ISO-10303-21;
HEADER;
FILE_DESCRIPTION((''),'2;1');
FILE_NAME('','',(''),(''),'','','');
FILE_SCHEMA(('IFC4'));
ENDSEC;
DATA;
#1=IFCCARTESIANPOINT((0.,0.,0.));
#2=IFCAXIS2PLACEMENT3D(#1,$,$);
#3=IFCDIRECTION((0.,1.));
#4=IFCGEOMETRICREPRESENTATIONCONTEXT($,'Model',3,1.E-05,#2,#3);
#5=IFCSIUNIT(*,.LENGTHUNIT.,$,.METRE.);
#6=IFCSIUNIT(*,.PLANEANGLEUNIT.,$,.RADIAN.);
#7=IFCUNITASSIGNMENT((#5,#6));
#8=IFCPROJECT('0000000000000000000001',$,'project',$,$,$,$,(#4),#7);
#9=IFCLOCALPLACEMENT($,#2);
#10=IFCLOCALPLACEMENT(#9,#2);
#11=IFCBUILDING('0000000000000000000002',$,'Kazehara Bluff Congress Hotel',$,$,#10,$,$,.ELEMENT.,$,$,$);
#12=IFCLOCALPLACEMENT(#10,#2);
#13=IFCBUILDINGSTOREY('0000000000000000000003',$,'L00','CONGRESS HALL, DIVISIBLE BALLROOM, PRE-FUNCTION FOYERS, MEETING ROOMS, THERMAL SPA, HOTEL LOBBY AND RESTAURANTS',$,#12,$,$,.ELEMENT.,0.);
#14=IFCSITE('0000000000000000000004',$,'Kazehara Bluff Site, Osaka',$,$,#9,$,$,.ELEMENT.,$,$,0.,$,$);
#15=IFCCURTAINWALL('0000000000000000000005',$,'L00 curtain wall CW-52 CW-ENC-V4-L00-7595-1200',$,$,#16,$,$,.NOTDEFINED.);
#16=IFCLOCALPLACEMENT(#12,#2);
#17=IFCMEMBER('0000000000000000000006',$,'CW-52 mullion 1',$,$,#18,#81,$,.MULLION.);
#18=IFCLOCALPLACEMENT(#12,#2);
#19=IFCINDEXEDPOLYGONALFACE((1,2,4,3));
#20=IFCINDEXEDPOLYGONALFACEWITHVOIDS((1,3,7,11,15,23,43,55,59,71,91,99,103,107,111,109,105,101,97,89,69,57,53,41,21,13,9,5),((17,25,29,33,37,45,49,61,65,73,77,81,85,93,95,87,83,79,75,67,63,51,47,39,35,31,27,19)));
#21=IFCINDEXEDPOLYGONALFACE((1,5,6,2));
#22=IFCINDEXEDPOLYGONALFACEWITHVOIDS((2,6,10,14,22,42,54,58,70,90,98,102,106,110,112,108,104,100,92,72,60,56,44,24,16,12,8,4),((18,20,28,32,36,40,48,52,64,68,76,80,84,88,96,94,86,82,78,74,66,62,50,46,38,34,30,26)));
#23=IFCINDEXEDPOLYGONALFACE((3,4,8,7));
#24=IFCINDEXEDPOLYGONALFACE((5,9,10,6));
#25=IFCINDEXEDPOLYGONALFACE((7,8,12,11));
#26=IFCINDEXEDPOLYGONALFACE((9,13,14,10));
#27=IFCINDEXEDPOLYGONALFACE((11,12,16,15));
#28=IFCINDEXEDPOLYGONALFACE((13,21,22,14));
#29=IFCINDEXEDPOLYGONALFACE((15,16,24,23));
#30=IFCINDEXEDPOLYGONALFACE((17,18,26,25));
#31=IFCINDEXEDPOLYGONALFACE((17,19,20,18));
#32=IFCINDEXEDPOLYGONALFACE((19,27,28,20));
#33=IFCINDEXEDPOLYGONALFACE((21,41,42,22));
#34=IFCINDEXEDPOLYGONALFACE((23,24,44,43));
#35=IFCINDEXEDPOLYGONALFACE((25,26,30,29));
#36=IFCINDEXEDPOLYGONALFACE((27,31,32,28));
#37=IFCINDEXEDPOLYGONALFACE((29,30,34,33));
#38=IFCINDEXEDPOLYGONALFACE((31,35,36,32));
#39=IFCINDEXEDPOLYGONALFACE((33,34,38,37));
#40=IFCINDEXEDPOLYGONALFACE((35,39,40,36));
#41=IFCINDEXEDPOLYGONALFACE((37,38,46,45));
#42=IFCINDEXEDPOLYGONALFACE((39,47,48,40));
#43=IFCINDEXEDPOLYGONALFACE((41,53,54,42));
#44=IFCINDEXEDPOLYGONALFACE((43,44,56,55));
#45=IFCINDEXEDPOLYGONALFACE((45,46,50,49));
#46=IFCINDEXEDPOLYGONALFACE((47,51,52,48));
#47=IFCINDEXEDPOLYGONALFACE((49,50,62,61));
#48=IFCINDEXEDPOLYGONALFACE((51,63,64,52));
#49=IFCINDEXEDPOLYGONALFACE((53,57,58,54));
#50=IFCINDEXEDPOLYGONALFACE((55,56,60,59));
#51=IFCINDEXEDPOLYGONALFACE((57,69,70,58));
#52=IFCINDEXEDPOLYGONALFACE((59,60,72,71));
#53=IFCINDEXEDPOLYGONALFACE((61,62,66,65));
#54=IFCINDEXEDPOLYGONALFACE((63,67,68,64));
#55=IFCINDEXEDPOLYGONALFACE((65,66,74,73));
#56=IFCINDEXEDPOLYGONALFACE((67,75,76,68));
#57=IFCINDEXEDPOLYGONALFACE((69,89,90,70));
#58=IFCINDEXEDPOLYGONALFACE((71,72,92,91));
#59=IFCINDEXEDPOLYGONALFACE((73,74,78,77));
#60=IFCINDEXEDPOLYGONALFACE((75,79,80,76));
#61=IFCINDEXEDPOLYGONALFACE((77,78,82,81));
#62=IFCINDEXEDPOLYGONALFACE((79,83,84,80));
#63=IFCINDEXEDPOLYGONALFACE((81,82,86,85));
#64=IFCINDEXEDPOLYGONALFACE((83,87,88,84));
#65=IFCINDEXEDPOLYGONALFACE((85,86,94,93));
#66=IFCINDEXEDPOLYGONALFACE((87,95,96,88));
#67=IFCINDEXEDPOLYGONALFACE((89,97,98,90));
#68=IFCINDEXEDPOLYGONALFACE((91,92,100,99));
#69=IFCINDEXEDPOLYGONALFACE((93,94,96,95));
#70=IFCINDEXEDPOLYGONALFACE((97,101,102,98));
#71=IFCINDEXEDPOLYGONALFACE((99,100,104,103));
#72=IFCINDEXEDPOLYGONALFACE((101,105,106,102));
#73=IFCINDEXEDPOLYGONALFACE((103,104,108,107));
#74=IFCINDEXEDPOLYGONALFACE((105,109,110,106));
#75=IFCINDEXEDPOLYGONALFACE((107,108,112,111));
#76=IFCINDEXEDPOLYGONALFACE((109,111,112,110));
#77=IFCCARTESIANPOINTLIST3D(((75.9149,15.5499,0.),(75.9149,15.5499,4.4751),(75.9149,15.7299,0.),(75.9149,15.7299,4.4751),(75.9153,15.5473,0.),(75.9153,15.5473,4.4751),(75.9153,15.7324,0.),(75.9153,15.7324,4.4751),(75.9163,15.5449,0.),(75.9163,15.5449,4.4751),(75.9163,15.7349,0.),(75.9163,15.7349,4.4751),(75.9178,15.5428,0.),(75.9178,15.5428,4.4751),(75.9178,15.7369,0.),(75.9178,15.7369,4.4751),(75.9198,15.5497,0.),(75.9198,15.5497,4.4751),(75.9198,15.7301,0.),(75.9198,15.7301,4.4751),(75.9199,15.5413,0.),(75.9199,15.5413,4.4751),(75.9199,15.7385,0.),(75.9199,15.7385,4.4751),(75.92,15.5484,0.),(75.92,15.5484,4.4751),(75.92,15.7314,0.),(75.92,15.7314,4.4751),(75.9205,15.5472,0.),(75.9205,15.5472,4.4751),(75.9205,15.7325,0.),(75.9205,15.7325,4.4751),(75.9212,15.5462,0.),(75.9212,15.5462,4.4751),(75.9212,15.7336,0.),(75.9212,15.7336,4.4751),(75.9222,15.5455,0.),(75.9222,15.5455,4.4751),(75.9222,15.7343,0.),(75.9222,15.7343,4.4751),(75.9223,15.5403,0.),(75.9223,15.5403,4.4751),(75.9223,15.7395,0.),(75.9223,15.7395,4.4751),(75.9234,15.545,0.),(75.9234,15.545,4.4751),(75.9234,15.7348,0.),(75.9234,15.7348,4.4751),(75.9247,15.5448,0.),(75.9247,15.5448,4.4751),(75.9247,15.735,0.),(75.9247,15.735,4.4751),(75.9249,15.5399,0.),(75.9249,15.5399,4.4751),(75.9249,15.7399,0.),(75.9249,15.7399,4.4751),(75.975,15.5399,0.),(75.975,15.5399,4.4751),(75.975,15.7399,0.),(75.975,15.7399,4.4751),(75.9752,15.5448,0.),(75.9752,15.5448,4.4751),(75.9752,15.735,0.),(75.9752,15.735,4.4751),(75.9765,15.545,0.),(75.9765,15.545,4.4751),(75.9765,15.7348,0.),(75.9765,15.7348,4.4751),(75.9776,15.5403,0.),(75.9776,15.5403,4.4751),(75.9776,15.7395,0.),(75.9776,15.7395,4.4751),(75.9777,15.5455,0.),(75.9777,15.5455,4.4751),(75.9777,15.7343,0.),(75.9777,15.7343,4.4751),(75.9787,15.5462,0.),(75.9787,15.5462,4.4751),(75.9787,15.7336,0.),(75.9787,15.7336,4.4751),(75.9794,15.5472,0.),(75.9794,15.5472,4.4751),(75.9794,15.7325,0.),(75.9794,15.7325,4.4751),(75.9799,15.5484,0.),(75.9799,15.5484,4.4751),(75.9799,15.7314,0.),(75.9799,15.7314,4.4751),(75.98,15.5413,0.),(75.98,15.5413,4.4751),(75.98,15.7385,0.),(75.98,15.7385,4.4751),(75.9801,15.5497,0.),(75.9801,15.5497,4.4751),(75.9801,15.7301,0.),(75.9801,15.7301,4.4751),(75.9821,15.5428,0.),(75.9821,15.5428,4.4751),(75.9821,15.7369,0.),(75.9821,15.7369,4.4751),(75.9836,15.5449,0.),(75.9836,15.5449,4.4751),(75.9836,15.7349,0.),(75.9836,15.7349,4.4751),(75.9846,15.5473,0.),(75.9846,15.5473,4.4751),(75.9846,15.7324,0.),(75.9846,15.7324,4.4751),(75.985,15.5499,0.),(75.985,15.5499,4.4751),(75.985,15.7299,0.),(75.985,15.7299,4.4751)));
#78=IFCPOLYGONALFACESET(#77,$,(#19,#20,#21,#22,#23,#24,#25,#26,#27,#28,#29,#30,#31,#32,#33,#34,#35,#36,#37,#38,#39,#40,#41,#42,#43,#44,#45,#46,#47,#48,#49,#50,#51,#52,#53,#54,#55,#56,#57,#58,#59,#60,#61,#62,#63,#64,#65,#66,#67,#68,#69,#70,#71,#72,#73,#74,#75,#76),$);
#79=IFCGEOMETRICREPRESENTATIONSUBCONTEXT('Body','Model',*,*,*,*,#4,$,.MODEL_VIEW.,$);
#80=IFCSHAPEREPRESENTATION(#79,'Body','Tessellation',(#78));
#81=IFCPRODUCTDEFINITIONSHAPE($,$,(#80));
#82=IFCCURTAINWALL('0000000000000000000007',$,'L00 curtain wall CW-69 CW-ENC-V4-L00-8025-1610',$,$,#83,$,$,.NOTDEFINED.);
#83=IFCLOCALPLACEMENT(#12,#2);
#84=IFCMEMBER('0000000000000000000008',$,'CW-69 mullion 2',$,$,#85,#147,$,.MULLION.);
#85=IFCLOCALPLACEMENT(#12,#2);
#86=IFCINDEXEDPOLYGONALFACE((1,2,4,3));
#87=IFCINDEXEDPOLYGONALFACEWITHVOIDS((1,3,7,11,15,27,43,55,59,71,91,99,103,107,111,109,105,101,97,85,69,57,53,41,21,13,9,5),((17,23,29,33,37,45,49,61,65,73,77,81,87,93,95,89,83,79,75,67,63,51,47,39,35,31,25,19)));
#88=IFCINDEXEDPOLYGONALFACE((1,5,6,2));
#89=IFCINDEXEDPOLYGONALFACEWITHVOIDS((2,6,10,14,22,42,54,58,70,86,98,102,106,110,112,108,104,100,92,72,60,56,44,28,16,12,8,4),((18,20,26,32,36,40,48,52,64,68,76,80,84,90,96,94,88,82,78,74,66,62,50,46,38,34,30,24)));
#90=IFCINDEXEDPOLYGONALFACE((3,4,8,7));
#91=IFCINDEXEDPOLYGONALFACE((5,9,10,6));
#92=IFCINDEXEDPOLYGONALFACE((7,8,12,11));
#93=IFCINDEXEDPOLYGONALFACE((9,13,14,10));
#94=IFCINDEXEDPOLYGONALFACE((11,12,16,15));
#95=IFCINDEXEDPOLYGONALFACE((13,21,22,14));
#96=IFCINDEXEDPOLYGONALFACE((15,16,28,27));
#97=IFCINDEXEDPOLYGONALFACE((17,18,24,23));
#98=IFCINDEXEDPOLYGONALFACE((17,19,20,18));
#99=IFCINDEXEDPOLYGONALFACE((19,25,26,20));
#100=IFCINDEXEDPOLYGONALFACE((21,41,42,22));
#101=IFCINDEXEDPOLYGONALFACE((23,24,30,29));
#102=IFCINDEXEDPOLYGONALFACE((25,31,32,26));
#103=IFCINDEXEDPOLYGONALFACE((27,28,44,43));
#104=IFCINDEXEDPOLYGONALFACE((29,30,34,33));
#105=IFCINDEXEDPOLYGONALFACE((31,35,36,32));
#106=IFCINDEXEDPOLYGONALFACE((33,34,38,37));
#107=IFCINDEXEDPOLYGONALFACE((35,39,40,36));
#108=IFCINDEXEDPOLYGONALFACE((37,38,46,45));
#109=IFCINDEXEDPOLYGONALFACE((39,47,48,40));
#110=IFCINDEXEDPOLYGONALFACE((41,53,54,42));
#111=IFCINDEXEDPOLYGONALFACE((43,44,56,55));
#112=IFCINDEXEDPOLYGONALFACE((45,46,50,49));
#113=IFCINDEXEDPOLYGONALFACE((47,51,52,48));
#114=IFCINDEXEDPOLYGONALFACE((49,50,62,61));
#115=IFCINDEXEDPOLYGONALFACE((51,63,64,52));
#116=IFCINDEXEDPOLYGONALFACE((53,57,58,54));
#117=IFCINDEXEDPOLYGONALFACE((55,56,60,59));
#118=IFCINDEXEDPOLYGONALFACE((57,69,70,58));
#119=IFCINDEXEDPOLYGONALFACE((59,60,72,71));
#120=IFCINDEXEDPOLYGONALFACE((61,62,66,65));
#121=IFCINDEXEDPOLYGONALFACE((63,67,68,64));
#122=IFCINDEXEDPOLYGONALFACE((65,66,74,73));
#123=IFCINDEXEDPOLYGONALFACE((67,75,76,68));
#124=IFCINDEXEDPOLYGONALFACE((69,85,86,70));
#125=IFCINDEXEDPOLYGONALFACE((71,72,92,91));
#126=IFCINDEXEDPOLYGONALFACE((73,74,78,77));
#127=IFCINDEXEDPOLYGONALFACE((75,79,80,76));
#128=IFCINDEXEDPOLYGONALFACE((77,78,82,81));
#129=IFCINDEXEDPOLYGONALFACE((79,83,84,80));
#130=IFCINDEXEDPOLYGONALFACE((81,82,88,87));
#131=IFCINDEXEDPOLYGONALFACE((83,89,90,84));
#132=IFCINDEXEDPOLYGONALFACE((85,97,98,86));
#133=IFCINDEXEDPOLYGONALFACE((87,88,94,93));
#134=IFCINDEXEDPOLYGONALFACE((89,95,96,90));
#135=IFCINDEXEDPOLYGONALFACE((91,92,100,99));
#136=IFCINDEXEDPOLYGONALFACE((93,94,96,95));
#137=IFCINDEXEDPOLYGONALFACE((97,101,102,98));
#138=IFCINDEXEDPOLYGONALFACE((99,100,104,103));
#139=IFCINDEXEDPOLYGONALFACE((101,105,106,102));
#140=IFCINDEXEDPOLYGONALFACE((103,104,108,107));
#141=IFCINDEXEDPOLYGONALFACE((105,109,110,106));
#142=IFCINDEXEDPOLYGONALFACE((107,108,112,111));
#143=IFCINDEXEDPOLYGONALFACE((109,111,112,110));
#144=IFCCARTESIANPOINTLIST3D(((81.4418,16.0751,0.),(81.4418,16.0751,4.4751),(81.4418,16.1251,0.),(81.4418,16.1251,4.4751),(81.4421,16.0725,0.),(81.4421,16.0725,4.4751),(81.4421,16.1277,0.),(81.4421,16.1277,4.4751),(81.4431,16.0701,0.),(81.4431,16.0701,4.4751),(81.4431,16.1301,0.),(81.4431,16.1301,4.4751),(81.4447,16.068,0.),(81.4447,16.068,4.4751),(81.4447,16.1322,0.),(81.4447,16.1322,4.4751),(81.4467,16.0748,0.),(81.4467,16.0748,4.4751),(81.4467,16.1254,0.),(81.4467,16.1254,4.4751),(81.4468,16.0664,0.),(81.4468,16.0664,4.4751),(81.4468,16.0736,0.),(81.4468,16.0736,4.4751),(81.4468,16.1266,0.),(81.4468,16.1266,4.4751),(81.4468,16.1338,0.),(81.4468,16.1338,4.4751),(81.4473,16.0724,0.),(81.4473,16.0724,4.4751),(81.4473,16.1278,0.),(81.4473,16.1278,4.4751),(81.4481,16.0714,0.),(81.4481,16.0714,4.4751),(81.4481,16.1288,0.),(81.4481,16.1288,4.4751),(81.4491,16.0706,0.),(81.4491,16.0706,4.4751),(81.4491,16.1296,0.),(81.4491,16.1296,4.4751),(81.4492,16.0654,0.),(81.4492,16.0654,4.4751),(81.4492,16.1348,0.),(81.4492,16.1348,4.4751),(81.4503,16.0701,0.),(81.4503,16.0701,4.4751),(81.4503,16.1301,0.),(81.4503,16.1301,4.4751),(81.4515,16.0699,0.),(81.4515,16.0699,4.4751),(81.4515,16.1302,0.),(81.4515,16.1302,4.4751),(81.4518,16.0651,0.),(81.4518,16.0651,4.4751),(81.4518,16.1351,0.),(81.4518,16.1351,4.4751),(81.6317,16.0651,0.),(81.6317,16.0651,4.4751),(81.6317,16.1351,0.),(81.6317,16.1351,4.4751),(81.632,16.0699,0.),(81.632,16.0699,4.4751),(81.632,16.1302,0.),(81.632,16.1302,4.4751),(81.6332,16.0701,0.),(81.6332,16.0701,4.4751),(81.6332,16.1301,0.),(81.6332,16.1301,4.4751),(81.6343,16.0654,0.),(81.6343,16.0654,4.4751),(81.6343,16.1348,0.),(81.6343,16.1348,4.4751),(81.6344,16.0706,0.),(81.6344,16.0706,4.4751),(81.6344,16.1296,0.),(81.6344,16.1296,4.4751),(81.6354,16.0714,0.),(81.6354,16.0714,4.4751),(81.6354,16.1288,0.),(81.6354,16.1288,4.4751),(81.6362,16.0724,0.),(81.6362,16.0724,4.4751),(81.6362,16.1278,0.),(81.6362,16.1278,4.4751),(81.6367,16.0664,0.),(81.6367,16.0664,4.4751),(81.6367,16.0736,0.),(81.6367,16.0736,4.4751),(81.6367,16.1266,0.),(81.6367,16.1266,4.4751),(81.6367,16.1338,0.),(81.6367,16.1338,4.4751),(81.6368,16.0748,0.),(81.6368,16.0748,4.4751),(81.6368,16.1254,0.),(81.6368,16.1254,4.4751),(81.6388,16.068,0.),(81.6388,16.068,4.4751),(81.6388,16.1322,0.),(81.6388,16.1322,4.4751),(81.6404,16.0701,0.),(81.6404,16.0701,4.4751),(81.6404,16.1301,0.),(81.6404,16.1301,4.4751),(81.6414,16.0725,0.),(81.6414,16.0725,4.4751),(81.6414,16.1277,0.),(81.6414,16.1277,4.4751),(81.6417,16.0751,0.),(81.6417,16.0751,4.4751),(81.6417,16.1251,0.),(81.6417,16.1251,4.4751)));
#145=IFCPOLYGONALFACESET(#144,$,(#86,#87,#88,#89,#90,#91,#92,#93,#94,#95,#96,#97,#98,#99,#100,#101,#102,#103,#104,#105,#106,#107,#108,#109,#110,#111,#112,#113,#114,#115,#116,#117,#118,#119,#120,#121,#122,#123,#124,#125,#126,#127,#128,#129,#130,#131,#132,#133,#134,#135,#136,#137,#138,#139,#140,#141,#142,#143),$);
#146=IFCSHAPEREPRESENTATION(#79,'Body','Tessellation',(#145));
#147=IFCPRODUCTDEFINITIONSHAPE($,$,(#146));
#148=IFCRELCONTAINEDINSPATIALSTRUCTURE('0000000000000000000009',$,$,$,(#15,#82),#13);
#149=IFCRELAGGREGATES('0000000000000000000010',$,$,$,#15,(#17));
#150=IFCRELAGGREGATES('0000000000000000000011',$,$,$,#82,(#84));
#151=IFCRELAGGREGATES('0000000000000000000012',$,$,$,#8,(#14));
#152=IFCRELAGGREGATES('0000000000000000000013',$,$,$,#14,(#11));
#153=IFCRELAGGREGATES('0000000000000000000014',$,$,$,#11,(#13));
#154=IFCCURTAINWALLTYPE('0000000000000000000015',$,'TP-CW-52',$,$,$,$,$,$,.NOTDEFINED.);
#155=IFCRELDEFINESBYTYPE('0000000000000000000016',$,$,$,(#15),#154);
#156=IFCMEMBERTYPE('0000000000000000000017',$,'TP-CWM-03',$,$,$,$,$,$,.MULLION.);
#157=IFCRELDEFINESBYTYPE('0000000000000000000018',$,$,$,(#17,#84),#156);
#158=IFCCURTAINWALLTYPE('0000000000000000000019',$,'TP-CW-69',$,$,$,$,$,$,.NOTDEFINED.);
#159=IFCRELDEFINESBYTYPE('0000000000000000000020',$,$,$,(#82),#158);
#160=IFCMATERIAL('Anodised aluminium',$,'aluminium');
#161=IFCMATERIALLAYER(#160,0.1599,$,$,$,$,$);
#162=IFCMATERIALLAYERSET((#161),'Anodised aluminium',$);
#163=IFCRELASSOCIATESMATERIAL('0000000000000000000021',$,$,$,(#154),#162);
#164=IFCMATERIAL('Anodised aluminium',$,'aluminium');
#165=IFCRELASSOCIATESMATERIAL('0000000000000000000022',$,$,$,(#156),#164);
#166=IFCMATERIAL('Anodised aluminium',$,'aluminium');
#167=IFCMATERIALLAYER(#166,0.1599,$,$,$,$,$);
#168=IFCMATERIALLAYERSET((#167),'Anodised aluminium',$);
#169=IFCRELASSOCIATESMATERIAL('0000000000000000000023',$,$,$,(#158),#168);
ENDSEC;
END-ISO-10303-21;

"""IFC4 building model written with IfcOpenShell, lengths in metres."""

from ifc_helpers import new_model, si_unit, direction, frame, origin, origin_2d, place, context, subcontext, project, spatial, hollow_rectangle, extrude, material, layer, layer_set, material_profile, profile_set, type_object, element, aggregate, save


model = new_model("IFC4")

# Units and contexts
model_context = context("Model", 3, precision=1e-05, world=origin(), true_north=direction((0.0, 1.0)))
body_context = subcontext(model_context, "Body", "Model", "MODEL_VIEW")
ifc_project = project(units=[si_unit("LENGTHUNIT", "METRE"), si_unit("PLANEANGLEUNIT", "RADIAN")], contexts=[model_context])

# Site, building, storey
site_placement = place(None, origin())
site = spatial("IfcSite", under=ifc_project, at=site_placement, Name="Kazehara Bluff Site, Osaka", CompositionType="ELEMENT", RefElevation=0.0)
building_placement = place(site_placement, origin())
building = spatial("IfcBuilding", under=site, at=building_placement, Name="Kazehara Bluff Congress Hotel", CompositionType="ELEMENT")
storey_placement = place(building_placement, origin())
storey = spatial("IfcBuildingStorey", under=building, at=storey_placement, Name="L00", Description="CONGRESS HALL, DIVISIBLE BALLROOM, PRE-FUNCTION FOYERS, MEETING ROOMS, THERMAL SPA, HOTEL LOBBY AND RESTAURANTS", CompositionType="ELEMENT", Elevation=0.0)

# Curtain wall, member
ifc_material_1 = material(Name="Anodised aluminium", Category="aluminium")
ifc_layer_1 = layer(ifc_material_1, 0.1599)
ifc_layer_set_1 = layer_set([ifc_layer_1], Name="Anodised aluminium")
curtain_wall_type_1 = type_object("IfcCurtainWallType", Name="TP-CW-52", PredefinedType="NOTDEFINED", material=ifc_layer_set_1)
curtain_wall_1_placement = place(storey_placement, origin())
curtain_wall_1 = element("IfcCurtainWall", 1, at=curtain_wall_1_placement, inside=storey, type_object=curtain_wall_type_1, Name="L00 curtain wall CW-52 CW-ENC-V4-L00-7595-1200", PredefinedType="NOTDEFINED")
ifc_material_2 = material(Name="Anodised aluminium", Category="aluminium")
ifc_material_profile_1 = material_profile(ifc_material_2, hollow_rectangle(XDim=0.0701, YDim=0.2, WallThickness=0.0049, InnerFilletRadius=0.0049, OuterFilletRadius=0.01, at=origin_2d()))
ifc_profile_set_1 = profile_set([ifc_material_profile_1], Name="Anodised aluminium")
member_type_1 = type_object("IfcMemberType", Name="TP-CWM-03", PredefinedType="MULLION", material=ifc_profile_set_1)
member_1_placement = place(storey_placement, frame((75.95, 15.6399, 0.0), z_axis=(0.0, 0.0, 1.0), x_axis=(1.0, 0.0, 0.0)))
member_1 = element("IfcMember", 2, at=member_1_placement, type_object=member_type_1, Name="CW-52 mullion 1", PredefinedType="MULLION", context=body_context, shape_type="SweptSolid", body=[
    extrude(hollow_rectangle(XDim=0.0701, YDim=0.2, WallThickness=0.0049, InnerFilletRadius=0.0049, OuterFilletRadius=0.01, at=origin_2d()), origin(), (0.0, 0.0, 1.0), 4.4751),
])
aggregate(curtain_wall_1, [member_1])

# Curtain wall, member
ifc_material_3 = material(Name="Anodised aluminium", Category="aluminium")
ifc_layer_2 = layer(ifc_material_3, 0.1599)
ifc_layer_set_2 = layer_set([ifc_layer_2], Name="Anodised aluminium")
curtain_wall_type_2 = type_object("IfcCurtainWallType", Name="TP-CW-69", PredefinedType="NOTDEFINED", material=ifc_layer_set_2)
curtain_wall_2_placement = place(storey_placement, origin())
curtain_wall_2 = element("IfcCurtainWall", 3, at=curtain_wall_2_placement, inside=storey, type_object=curtain_wall_type_2, Name="L00 curtain wall CW-69 CW-ENC-V4-L00-8025-1610", PredefinedType="NOTDEFINED")
member_2_placement = place(storey_placement, frame((81.5417, 16.1001, 0.0), z_axis=(0.0, 0.0, 1.0), x_axis=(0.0, -1.0, 0.0)))
member_2 = element("IfcMember", 4, at=member_2_placement, type_object=member_type_1, Name="CW-69 mullion 2", PredefinedType="MULLION", context=body_context, shape_type="SweptSolid", body=[
    extrude(hollow_rectangle(XDim=0.0701, YDim=0.2, WallThickness=0.0049, InnerFilletRadius=0.0049, OuterFilletRadius=0.01, at=origin_2d()), origin(), (0.0, 0.0, 1.0), 4.4751),
])

aggregate(curtain_wall_2, [member_2])

save(model, "model.ifc")
